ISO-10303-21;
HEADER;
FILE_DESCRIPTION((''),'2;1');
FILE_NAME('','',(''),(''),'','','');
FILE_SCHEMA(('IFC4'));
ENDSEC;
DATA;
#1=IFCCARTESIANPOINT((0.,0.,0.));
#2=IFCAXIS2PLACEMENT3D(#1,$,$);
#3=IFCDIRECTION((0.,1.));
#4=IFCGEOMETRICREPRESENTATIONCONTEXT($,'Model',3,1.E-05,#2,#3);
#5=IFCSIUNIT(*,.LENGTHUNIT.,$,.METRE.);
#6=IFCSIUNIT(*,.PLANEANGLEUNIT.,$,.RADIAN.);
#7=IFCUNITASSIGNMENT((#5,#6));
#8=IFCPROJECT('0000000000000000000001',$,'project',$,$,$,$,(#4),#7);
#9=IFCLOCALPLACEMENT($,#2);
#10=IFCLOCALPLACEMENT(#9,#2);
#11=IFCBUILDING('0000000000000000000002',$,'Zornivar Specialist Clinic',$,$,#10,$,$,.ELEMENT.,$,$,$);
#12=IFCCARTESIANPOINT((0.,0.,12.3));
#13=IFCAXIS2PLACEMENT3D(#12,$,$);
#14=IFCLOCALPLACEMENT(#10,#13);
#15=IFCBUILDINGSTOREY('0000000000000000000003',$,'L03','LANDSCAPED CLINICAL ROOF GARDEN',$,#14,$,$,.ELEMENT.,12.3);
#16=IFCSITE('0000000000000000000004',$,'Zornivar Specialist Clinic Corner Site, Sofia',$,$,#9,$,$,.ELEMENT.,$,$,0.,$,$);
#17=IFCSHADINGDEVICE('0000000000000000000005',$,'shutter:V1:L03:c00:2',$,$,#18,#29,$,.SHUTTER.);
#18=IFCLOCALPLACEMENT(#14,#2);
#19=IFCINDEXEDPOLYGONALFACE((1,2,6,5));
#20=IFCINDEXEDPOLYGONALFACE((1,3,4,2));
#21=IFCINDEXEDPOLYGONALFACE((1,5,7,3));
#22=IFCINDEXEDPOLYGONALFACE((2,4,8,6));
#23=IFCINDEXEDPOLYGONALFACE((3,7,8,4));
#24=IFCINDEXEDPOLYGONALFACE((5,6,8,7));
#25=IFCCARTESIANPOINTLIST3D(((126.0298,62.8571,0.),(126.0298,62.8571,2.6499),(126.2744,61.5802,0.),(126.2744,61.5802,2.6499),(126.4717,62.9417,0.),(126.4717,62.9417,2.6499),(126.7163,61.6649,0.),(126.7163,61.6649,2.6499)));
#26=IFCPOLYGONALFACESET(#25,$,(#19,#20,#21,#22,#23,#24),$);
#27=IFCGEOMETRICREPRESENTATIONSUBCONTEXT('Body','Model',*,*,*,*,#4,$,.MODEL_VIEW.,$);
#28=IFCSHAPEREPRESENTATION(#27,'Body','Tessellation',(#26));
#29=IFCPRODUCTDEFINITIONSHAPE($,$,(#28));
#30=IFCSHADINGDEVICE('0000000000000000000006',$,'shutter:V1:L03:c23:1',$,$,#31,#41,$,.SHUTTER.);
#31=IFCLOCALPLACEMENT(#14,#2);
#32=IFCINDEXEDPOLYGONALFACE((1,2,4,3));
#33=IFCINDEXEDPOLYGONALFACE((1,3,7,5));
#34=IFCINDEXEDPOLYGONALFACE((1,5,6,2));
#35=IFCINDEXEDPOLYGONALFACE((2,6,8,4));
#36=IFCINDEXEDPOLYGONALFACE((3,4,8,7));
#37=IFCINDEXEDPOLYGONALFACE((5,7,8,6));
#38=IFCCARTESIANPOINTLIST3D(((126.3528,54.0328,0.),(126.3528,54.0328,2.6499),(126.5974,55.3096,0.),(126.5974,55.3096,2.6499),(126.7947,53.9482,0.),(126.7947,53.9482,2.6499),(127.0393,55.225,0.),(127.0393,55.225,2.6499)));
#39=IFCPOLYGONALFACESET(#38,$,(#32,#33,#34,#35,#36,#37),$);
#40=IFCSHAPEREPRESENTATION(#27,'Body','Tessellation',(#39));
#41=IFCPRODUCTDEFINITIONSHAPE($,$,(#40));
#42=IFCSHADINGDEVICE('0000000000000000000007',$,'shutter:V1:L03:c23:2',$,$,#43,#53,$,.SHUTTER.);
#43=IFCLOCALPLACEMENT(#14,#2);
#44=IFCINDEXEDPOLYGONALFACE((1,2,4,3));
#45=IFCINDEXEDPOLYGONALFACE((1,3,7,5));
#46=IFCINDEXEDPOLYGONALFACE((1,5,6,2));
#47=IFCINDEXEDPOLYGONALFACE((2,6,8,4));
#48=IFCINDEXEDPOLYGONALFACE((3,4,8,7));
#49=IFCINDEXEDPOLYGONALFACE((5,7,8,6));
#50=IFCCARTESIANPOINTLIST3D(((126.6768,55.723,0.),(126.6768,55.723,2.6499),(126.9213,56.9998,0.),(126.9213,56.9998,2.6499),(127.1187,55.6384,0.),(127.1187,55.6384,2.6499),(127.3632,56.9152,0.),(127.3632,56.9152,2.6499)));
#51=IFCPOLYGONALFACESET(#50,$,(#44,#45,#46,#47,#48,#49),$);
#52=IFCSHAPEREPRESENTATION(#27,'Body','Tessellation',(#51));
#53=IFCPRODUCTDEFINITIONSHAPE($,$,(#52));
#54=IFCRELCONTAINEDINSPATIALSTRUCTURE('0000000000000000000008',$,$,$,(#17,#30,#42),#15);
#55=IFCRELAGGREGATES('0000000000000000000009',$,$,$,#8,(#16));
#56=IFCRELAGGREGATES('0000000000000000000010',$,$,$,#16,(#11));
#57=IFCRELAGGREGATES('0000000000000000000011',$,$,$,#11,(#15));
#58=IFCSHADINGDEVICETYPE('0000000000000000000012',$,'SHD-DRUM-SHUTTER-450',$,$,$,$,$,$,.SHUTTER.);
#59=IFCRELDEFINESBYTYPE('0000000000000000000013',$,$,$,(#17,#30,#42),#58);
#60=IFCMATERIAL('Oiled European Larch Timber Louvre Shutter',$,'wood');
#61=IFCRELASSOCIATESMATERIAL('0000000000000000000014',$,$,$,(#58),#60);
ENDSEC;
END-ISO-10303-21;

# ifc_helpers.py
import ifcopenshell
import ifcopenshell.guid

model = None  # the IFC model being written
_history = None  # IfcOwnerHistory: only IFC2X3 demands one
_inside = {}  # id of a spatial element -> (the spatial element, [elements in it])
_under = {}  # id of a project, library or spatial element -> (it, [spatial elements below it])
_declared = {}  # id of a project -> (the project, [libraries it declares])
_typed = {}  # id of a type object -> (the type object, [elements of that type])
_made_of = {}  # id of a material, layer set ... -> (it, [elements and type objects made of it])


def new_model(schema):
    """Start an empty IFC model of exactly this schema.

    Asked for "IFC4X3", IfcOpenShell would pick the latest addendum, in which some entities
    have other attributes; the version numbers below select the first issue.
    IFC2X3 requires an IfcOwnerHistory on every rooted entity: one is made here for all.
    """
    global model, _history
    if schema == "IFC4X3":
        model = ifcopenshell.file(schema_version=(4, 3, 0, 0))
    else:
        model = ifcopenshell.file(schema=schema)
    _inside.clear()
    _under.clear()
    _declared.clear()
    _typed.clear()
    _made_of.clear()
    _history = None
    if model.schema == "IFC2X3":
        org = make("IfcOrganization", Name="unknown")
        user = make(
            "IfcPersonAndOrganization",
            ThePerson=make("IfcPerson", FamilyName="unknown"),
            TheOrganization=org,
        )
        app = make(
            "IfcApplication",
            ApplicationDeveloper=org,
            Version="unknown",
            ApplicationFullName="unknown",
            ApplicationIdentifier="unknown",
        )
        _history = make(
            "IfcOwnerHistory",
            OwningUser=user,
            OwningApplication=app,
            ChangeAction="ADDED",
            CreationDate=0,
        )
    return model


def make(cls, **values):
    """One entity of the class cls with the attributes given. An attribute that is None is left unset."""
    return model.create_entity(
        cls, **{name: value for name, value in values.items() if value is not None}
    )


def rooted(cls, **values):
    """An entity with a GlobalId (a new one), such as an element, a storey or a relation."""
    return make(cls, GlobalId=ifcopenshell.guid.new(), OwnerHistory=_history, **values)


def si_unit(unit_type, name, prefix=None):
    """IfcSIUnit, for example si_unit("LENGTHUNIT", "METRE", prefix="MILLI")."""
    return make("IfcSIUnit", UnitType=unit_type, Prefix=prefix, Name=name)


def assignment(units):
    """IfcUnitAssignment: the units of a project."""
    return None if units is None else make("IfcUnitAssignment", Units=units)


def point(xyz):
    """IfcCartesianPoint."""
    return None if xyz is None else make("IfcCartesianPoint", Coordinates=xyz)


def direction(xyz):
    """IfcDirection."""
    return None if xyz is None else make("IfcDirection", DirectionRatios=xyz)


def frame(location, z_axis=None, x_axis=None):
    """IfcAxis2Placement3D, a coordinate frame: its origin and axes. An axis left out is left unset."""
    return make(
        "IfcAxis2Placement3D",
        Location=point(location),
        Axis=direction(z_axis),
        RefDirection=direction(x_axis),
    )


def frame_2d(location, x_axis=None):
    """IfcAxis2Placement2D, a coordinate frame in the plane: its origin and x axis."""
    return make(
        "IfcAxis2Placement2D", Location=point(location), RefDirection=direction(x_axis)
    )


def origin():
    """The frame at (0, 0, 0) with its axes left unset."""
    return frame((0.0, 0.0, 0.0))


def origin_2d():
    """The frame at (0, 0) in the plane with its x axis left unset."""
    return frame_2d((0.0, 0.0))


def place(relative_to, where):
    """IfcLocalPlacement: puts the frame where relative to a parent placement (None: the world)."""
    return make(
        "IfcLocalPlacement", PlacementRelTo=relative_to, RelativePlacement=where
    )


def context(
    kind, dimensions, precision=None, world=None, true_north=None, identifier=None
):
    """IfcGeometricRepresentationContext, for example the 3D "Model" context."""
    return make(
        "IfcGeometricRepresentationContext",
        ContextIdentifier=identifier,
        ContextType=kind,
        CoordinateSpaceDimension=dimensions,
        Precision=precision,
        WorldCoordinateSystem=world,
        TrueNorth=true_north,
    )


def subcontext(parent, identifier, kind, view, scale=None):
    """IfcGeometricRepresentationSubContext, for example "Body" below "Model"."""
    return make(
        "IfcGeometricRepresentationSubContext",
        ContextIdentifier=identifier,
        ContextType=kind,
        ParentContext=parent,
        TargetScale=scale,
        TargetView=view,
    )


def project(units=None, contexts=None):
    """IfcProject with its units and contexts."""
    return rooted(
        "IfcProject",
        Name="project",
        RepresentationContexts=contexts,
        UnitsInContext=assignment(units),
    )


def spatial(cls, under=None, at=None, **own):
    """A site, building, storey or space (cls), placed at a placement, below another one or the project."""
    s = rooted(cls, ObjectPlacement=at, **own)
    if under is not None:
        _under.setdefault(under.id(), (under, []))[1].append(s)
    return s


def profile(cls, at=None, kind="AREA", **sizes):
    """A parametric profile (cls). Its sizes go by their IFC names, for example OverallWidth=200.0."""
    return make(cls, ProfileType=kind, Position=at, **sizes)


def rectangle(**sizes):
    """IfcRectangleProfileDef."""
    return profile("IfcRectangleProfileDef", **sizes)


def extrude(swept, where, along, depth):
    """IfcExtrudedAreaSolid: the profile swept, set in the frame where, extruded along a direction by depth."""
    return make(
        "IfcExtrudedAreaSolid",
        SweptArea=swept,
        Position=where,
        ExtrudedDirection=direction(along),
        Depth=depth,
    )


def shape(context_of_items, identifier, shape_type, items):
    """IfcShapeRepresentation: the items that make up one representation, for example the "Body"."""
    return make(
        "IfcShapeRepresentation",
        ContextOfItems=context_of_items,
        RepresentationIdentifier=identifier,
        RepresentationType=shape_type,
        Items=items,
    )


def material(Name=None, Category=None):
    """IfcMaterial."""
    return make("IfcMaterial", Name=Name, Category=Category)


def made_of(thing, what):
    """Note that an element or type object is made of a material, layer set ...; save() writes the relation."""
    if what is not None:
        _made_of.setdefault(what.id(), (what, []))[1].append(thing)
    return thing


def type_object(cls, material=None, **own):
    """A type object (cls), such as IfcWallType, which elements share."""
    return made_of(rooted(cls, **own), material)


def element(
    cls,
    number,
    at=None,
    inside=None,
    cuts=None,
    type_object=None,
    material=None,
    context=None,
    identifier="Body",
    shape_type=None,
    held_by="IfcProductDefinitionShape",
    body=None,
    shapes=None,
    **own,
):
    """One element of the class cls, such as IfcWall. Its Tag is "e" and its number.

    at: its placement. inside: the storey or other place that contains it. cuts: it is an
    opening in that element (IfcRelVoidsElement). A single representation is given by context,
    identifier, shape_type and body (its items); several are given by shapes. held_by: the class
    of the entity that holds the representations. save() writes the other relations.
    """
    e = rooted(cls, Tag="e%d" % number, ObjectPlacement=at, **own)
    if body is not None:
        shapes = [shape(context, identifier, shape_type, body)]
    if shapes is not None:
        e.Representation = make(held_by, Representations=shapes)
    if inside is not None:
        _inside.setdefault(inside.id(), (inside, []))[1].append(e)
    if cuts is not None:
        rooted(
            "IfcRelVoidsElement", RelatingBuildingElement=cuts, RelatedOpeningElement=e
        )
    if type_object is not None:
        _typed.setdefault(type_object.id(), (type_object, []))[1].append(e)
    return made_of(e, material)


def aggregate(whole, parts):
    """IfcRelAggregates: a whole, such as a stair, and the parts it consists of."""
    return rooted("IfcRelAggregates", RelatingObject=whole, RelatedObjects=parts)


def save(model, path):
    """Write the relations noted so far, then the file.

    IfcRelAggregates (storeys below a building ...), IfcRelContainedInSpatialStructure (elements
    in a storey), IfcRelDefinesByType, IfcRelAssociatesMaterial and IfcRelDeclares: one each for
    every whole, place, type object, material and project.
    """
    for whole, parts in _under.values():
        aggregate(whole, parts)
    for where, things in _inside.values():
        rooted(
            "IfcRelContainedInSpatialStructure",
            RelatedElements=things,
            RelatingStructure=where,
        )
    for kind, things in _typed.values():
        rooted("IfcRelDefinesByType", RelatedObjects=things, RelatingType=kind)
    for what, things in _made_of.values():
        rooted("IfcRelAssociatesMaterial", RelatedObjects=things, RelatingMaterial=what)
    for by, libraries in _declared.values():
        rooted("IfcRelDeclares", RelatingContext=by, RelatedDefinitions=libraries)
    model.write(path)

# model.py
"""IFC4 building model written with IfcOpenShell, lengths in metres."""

from ifc_helpers import new_model, si_unit, direction, frame, origin, origin_2d, place, context, subcontext, project, spatial, rectangle, extrude, material, type_object, element, save


model = new_model("IFC4")

# Units and contexts
model_context = context("Model", 3, precision=1e-05, world=origin(), true_north=direction((0.0, 1.0)))
body_context = subcontext(model_context, "Body", "Model", "MODEL_VIEW")
ifc_project = project(units=[si_unit("LENGTHUNIT", "METRE"), si_unit("PLANEANGLEUNIT", "RADIAN")], contexts=[model_context])

# Site, building, storey
site_placement = place(None, origin())
site = spatial("IfcSite", under=ifc_project, at=site_placement, Name="Zornivar Specialist Clinic Corner Site, Sofia", CompositionType="ELEMENT", RefElevation=0.0)
building_placement = place(site_placement, origin())
building = spatial("IfcBuilding", under=site, at=building_placement, Name="Zornivar Specialist Clinic", CompositionType="ELEMENT")
storey_placement = place(building_placement, frame((0.0, 0.0, 12.3)))
storey = spatial("IfcBuildingStorey", under=building, at=storey_placement, Name="L03", Description="LANDSCAPED CLINICAL ROOF GARDEN", CompositionType="ELEMENT", Elevation=12.3)

# Shading devices
ifc_material_1 = material(Name="Oiled European Larch Timber Louvre Shutter", Category="wood")
shading_device_type = type_object("IfcShadingDeviceType", Name="SHD-DRUM-SHUTTER-450", PredefinedType="SHUTTER", material=ifc_material_1)
for number, where, z_axis, x_axis, name in (
    (1, (126.373, 62.261, 0.0), (0.0, 0.0, 1.0), (-0.188099, 0.98215, 0.0), "shutter:V1:L03:c00:2"),
    (2, (126.696, 54.6289, 0.0), (0.0, 0.0, 1.0), (0.188099, 0.98215, 0.0), "shutter:V1:L03:c23:1"),
    (3, (127.02, 56.3191, 0.0), (0.0, 0.0, 1.0), (0.188099, 0.98215, 0.0), "shutter:V1:L03:c23:2"),
):
    element("IfcShadingDevice", number, at=place(storey_placement, frame(where, z_axis=z_axis, x_axis=x_axis)), inside=storey, type_object=shading_device_type, Name=name, PredefinedType="SHUTTER", context=body_context, shape_type="SweptSolid", body=[
        extrude(rectangle(XDim=1.3, YDim=0.45, at=origin_2d()), origin(), (0.0, 0.0, 1.0), 2.6499),
    ])

save(model, "model.ifc")
